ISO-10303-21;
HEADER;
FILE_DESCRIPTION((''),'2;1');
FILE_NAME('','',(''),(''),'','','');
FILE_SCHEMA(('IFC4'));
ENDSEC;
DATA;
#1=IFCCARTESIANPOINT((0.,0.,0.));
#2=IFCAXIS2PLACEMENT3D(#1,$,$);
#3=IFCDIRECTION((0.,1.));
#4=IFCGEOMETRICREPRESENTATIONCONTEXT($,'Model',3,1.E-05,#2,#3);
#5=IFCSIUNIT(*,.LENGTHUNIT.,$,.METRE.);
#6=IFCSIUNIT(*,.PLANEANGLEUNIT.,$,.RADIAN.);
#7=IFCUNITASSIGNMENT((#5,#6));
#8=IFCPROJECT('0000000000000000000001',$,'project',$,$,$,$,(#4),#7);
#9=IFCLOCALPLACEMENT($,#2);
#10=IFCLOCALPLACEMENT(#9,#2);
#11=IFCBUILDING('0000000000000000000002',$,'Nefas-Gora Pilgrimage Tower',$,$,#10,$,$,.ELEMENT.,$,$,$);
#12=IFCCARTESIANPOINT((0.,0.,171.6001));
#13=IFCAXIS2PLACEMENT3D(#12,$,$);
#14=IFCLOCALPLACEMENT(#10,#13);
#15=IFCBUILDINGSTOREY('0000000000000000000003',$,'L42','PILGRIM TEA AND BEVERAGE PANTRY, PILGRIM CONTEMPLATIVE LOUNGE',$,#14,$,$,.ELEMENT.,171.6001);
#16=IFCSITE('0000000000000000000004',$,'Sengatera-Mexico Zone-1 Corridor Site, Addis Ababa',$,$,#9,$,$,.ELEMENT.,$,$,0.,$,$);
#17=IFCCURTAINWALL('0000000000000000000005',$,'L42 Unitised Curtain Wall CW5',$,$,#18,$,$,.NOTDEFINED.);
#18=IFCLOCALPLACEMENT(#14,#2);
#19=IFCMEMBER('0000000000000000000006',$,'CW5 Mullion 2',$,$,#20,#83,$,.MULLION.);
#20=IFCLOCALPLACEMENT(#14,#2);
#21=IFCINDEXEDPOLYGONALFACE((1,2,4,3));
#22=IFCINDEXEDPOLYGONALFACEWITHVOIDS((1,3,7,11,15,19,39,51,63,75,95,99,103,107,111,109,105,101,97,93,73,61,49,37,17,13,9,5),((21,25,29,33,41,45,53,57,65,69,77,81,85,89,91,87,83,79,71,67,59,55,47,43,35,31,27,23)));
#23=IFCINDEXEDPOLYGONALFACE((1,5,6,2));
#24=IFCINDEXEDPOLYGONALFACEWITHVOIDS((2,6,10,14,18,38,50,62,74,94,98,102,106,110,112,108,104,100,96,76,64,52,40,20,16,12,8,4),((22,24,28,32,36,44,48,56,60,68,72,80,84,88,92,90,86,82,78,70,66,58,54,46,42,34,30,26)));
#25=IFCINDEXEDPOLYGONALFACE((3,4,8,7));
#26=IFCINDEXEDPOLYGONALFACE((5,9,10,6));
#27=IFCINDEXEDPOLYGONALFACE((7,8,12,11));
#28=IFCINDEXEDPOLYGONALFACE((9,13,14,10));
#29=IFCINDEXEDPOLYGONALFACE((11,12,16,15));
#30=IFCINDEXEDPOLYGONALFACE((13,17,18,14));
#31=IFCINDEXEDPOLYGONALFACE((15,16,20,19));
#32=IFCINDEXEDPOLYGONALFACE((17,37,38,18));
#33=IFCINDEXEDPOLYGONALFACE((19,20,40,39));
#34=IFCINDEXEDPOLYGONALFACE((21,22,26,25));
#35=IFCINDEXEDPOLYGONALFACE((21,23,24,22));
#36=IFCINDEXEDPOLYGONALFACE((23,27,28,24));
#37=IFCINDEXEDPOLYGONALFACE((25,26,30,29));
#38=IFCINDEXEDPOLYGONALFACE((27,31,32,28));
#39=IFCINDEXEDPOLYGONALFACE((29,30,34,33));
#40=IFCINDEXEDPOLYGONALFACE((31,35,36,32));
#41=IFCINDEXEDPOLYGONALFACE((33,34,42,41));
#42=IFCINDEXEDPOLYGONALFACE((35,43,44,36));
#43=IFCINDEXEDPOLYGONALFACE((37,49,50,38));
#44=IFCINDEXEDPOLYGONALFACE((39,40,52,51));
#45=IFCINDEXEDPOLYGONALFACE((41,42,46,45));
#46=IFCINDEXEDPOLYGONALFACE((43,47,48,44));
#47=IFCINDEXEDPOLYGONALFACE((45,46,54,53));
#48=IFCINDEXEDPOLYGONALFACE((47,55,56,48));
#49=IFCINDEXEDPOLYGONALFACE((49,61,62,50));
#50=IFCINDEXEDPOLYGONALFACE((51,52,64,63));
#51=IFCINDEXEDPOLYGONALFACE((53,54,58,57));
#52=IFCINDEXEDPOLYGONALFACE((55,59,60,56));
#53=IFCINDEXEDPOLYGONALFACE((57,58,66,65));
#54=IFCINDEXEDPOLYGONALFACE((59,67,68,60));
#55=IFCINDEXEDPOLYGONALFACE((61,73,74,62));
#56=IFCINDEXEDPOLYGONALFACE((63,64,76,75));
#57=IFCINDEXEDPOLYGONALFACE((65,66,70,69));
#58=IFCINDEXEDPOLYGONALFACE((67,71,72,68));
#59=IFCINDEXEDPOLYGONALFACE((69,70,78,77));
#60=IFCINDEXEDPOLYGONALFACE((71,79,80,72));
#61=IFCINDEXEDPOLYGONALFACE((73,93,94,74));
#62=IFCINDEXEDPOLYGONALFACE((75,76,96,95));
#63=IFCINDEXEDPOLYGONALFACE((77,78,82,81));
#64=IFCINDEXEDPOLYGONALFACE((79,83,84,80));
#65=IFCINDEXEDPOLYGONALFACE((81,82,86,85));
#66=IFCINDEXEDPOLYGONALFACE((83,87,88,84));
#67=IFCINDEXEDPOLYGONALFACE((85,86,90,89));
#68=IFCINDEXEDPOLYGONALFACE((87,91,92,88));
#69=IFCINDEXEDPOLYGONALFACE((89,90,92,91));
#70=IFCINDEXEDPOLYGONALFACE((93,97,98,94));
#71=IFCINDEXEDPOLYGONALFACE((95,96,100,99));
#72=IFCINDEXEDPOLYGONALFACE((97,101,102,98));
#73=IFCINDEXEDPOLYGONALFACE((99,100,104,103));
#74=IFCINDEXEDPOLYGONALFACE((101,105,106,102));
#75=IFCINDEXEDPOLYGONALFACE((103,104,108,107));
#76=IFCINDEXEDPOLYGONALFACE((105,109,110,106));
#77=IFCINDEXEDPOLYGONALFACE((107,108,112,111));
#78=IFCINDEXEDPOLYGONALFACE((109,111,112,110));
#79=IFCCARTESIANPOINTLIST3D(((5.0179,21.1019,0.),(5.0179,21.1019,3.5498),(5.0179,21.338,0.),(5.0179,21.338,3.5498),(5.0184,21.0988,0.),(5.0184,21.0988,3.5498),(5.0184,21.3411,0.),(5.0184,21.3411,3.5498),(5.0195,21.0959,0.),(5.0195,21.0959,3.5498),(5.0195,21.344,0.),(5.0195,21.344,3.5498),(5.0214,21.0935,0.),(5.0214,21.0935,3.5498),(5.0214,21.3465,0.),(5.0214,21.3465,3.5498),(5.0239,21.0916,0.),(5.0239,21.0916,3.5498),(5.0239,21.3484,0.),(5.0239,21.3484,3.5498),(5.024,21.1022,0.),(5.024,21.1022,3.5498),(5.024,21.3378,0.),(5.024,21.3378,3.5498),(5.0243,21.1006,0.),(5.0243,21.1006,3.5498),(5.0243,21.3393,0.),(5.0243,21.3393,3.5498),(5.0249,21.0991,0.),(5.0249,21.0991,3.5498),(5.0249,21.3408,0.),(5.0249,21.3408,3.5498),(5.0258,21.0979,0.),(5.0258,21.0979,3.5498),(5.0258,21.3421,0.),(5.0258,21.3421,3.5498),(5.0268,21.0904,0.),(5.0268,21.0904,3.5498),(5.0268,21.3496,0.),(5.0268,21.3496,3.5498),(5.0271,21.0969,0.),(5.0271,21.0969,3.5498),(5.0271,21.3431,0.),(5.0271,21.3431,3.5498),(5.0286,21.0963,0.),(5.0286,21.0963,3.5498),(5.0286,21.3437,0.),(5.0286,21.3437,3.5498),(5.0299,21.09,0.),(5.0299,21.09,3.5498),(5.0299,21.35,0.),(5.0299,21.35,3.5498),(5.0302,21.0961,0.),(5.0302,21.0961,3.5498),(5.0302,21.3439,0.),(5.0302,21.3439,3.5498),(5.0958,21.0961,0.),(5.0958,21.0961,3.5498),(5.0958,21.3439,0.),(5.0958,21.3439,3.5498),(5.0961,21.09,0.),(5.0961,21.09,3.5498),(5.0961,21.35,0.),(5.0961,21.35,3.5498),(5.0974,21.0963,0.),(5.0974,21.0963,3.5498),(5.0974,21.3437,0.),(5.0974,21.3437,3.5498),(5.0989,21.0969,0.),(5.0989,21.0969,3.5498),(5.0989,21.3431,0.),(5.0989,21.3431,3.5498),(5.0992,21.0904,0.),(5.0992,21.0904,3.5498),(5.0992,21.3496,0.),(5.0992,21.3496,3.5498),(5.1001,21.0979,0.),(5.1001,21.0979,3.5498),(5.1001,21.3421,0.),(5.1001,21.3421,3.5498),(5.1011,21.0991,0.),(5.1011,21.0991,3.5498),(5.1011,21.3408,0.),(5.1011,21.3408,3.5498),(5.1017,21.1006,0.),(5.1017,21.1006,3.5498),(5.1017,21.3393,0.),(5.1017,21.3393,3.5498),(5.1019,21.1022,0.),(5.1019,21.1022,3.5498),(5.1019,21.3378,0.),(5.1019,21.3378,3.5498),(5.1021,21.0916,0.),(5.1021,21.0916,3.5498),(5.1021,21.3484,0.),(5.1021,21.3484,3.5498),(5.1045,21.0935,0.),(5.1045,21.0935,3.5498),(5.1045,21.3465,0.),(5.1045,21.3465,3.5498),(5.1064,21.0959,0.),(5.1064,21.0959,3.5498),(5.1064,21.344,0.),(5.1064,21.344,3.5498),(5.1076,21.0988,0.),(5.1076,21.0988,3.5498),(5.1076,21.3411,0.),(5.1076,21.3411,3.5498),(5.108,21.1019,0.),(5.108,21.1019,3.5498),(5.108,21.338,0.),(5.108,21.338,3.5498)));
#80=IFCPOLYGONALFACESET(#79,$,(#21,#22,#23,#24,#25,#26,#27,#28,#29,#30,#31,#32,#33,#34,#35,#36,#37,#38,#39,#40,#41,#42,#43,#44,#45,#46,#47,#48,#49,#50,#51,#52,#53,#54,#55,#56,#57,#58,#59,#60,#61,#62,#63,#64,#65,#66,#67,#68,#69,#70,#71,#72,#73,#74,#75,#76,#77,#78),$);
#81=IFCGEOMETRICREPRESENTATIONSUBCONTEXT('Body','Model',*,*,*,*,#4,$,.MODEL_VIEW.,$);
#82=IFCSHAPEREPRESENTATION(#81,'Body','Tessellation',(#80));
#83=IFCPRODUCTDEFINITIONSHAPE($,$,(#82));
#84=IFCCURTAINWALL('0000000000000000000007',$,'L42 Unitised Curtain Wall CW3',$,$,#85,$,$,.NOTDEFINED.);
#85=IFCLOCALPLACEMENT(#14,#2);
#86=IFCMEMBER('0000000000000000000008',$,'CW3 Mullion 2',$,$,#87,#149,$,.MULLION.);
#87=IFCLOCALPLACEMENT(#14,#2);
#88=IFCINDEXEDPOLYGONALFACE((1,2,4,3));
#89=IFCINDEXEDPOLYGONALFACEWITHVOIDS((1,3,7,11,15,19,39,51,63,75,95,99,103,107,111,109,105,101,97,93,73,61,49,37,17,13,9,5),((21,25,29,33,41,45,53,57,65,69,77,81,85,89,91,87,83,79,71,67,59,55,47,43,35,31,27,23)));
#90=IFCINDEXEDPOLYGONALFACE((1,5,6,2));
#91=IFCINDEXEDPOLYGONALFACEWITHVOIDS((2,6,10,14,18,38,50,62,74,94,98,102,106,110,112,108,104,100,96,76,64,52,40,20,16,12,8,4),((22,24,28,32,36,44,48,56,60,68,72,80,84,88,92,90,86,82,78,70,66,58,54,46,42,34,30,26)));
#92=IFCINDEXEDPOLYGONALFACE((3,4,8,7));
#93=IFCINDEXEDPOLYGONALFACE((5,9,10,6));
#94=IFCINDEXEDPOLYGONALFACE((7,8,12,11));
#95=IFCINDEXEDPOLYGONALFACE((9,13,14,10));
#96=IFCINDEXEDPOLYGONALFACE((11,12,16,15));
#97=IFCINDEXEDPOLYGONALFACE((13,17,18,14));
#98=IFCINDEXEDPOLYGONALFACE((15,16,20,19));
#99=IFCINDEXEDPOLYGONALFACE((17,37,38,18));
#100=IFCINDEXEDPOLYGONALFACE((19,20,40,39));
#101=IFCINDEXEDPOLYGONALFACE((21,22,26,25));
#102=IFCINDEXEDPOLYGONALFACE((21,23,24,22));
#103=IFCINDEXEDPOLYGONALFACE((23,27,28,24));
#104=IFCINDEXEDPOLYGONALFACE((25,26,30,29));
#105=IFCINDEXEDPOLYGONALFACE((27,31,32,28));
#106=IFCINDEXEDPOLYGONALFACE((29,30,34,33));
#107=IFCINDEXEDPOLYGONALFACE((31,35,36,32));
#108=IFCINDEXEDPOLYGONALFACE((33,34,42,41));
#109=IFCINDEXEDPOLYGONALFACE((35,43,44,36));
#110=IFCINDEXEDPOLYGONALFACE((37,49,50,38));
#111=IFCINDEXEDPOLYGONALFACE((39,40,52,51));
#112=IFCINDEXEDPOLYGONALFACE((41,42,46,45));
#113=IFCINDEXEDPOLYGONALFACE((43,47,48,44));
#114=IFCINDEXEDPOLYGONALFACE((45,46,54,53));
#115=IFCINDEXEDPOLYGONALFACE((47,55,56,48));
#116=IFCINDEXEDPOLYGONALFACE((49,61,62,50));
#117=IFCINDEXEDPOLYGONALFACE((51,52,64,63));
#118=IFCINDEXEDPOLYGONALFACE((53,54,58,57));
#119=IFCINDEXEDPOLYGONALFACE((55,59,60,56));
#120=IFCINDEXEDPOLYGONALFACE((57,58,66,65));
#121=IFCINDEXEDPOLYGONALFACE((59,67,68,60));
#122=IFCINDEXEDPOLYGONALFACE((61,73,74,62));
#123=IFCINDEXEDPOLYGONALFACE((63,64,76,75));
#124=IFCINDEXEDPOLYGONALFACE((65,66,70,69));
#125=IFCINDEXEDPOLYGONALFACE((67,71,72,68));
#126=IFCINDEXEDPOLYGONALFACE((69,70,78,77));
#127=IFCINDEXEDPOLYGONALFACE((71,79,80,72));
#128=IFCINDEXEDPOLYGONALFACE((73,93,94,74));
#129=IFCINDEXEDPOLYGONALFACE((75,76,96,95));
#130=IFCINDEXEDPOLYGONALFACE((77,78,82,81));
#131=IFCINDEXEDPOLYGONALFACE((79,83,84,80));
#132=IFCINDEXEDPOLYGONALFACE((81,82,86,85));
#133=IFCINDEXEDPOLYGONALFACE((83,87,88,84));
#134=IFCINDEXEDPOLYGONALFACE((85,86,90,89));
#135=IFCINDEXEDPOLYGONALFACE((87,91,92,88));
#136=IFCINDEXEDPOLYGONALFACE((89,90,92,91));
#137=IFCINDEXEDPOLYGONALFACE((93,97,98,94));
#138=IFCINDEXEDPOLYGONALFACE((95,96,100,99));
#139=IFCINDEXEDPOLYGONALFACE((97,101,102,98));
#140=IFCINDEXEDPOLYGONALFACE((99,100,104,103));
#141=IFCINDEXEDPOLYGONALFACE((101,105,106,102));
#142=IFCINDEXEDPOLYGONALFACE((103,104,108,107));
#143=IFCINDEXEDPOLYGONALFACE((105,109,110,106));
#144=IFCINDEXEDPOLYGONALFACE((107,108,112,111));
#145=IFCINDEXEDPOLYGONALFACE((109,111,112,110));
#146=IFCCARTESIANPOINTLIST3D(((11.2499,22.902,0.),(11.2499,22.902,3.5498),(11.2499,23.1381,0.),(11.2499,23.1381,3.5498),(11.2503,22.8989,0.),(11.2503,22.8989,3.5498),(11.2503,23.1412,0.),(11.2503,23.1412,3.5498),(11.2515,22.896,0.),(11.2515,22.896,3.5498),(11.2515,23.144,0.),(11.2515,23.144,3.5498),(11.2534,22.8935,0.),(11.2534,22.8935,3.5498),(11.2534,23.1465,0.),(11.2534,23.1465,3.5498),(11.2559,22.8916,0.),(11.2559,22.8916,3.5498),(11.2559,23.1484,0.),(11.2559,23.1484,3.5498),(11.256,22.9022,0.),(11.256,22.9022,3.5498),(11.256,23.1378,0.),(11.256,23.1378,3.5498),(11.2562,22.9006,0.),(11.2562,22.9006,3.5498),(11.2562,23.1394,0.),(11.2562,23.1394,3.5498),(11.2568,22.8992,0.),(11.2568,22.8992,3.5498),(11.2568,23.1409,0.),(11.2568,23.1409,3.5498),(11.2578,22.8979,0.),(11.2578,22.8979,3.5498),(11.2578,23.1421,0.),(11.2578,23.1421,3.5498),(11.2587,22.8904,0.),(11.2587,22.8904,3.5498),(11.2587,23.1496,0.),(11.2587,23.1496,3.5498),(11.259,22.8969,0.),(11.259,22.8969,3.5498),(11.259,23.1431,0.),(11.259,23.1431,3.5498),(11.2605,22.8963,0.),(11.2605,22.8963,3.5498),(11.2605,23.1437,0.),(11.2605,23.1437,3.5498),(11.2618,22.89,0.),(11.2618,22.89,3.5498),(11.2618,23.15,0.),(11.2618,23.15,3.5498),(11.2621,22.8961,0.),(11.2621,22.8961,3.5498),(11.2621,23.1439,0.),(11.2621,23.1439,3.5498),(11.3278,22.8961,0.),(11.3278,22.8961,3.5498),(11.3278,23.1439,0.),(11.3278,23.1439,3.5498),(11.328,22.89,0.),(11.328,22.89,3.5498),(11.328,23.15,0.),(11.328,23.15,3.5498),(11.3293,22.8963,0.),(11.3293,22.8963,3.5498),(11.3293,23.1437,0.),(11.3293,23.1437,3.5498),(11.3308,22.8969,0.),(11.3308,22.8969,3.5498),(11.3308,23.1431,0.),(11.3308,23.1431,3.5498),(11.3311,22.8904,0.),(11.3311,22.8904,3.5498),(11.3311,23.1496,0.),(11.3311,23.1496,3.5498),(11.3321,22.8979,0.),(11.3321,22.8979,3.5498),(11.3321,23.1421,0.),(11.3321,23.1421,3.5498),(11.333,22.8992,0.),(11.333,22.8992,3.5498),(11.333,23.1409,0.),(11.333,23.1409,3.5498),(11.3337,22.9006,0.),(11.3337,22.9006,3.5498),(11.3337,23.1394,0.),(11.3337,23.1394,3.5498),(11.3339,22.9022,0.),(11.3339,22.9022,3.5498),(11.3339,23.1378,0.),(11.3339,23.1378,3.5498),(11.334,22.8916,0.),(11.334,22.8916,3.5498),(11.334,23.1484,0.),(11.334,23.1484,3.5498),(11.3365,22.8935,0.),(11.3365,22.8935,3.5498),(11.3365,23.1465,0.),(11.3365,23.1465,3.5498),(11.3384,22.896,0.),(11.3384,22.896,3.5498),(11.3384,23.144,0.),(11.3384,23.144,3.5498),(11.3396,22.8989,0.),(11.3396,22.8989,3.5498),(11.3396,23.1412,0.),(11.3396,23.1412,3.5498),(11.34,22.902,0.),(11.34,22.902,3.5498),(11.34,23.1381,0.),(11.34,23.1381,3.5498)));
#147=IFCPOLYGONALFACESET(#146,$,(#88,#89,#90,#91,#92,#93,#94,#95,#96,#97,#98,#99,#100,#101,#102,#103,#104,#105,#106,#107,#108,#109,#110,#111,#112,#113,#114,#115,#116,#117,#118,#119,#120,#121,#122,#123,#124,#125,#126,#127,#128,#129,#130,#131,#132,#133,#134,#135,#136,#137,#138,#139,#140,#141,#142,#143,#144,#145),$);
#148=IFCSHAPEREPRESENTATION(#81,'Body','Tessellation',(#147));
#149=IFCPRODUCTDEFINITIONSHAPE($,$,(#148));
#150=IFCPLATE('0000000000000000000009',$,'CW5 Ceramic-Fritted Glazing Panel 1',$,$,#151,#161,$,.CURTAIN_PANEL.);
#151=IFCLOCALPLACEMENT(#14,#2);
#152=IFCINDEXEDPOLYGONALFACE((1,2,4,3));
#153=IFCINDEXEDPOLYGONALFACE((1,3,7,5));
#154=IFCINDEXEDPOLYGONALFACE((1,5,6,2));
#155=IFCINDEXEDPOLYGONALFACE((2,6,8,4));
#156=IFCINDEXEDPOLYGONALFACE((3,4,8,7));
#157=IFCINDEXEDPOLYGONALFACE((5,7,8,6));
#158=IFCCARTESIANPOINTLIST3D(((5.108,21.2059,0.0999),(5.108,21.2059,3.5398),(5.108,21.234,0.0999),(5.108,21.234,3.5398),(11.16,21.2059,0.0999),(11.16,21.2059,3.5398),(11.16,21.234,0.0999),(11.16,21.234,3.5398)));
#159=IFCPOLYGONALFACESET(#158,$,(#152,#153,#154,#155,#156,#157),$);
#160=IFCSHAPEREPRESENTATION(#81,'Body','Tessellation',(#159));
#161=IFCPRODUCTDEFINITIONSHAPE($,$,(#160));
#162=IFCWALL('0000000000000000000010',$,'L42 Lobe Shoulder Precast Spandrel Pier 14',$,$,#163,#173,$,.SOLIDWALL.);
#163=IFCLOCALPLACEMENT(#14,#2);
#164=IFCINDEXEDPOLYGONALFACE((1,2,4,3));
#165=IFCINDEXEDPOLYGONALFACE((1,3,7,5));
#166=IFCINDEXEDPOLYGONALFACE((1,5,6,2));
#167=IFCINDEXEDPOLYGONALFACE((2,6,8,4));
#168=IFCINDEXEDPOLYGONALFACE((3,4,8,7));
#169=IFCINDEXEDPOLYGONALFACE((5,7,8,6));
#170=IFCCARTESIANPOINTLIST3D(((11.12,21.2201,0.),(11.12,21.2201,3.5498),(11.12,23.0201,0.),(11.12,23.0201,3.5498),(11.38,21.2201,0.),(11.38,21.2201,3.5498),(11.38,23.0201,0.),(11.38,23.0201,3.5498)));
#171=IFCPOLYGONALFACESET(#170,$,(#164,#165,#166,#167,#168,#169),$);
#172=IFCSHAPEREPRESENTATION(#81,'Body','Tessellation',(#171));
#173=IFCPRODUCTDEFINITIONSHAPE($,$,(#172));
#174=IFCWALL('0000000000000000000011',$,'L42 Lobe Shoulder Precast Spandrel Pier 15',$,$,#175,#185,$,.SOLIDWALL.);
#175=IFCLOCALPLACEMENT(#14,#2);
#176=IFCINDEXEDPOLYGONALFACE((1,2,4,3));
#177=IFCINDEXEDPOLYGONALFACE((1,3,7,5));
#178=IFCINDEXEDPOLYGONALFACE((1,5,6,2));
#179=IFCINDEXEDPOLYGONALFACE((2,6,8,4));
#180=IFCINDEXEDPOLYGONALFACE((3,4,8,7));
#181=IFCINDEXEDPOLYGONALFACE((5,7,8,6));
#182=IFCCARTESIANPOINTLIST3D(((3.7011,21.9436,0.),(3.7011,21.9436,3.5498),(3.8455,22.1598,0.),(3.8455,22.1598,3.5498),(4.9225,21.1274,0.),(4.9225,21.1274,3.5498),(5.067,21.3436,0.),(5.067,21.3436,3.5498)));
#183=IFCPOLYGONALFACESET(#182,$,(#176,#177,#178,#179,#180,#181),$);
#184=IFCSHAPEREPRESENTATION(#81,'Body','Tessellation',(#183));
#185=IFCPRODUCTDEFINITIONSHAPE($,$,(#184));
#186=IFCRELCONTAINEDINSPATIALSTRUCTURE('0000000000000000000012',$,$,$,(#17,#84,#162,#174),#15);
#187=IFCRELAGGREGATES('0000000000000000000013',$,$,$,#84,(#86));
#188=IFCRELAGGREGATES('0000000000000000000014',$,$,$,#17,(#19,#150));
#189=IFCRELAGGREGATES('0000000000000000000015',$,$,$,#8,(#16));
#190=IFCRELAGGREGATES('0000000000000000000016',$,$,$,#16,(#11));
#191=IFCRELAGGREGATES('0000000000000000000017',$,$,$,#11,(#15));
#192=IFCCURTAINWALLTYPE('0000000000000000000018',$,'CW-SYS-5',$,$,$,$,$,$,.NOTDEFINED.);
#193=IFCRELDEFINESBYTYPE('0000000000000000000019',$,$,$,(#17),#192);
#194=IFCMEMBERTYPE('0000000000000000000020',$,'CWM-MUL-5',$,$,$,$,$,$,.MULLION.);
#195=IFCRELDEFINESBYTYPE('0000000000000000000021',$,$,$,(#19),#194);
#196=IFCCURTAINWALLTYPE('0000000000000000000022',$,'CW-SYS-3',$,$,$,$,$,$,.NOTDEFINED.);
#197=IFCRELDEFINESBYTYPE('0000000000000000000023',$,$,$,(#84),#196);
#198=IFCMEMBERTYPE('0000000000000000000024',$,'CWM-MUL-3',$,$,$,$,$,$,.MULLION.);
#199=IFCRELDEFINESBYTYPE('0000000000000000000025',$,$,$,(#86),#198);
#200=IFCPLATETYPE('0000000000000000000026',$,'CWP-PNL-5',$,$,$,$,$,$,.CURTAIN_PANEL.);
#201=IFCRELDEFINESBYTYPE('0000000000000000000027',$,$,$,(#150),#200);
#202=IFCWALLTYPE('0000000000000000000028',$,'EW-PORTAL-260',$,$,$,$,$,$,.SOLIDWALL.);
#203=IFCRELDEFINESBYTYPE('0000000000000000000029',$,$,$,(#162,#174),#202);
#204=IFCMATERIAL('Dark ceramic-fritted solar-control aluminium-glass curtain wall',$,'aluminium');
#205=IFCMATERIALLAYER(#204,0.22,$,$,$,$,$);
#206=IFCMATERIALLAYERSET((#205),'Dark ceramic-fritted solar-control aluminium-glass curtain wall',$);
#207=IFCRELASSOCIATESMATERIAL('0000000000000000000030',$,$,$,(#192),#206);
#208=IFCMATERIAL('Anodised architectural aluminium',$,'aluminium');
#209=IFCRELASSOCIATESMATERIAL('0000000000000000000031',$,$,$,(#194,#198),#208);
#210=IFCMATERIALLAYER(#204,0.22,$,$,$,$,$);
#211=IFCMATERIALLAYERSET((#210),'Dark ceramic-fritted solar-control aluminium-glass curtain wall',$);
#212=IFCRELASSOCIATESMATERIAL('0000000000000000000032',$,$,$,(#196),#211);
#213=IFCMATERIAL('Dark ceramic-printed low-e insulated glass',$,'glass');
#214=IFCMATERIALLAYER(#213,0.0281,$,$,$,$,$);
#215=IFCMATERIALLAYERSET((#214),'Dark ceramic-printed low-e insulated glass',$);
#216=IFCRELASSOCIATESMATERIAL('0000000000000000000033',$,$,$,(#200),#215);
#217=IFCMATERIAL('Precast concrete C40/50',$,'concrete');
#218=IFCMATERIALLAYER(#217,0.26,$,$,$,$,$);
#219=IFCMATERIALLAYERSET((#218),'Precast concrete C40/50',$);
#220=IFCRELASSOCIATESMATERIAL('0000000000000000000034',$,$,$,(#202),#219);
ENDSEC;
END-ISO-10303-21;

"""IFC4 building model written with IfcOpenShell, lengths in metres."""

from ifc_helpers import new_model, si_unit, direction, frame, frame_2d, origin, origin_2d, place, context, subcontext, project, spatial, rectangle, hollow_rectangle, extrude, source, transform, mapped, material, layer, layer_set, material_profile, profile_set, type_object, element, aggregate, save


model = new_model("IFC4")

# Units and contexts
model_context = context("Model", 3, precision=1e-05, world=origin(), true_north=direction((0.0, 1.0)))
body_context = subcontext(model_context, "Body", "Model", "MODEL_VIEW")
ifc_project = project(units=[si_unit("LENGTHUNIT", "METRE"), si_unit("PLANEANGLEUNIT", "RADIAN")], contexts=[model_context])

# Site, building, storey
site_placement = place(None, origin())
site = spatial("IfcSite", under=ifc_project, at=site_placement, Name="Sengatera-Mexico Zone-1 Corridor Site, Addis Ababa", CompositionType="ELEMENT", RefElevation=0.0)
building_placement = place(site_placement, origin())
building = spatial("IfcBuilding", under=site, at=building_placement, Name="Nefas-Gora Pilgrimage Tower", CompositionType="ELEMENT")
storey_placement = place(building_placement, frame((0.0, 0.0, 171.6001)))
storey = spatial("IfcBuildingStorey", under=building, at=storey_placement, Name="L42", Description="PILGRIM TEA AND BEVERAGE PANTRY, PILGRIM CONTEMPLATIVE LOUNGE", CompositionType="ELEMENT", Elevation=171.6001)

# Curtain wall, member
ifc_material_1 = material(Name="Dark ceramic-fritted solar-control aluminium-glass curtain wall", Category="aluminium")
ifc_layer_1 = layer(ifc_material_1, 0.22)
ifc_layer_set_1 = layer_set([ifc_layer_1], Name="Dark ceramic-fritted solar-control aluminium-glass curtain wall")
curtain_wall_type_1 = type_object("IfcCurtainWallType", Name="CW-SYS-5", PredefinedType="NOTDEFINED", material=ifc_layer_set_1)
curtain_wall_1_placement = place(storey_placement, origin())
curtain_wall_1 = element("IfcCurtainWall", 1, at=curtain_wall_1_placement, inside=storey, type_object=curtain_wall_type_1, Name="L42 Unitised Curtain Wall CW5", PredefinedType="NOTDEFINED")
ifc_material_2 = material(Name="Anodised architectural aluminium", Category="aluminium")
ifc_material_profile_1 = material_profile(ifc_material_2, hollow_rectangle(XDim=0.0901, YDim=0.26, WallThickness=0.0061, InnerFilletRadius=0.0061, OuterFilletRadius=0.012, at=origin_2d()), Name="ALU MULLION 90x260")
ifc_profile_set_1 = profile_set([ifc_material_profile_1], Name="Anodised architectural aluminium")
member_type_1 = type_object("IfcMemberType", Name="CWM-MUL-5", PredefinedType="MULLION", material=ifc_profile_set_1)
shared_shape_1 = source(origin(), body_context, "Body", "SweptSolid", [
    extrude(hollow_rectangle(XDim=0.0901, YDim=0.26, WallThickness=0.0061, InnerFilletRadius=0.0061, OuterFilletRadius=0.012, at=origin_2d()), origin(), (0.0, 0.0, 1.0), 3.5498),
])
member_1_placement = place(storey_placement, frame((5.063, 21.22, 0.0), z_axis=(0.0, 0.0, 1.0), x_axis=(-1.0, 0.0, 0.0)))
member_1 = element("IfcMember", 2, at=member_1_placement, type_object=member_type_1, Name="CW5 Mullion 2", PredefinedType="MULLION", context=body_context, shape_type="MappedRepresentation", body=[
    mapped(shared_shape_1, transform((0.0, 0.0, 0.0), x_axis=(1.0, 0.0, 0.0), y_axis=(0.0, 1.0, 0.0), z_axis=(0.0, 0.0, 1.0), scale=1.0)),
])

# Curtain wall, member
ifc_layer_2 = layer(ifc_material_1, 0.22)
ifc_layer_set_2 = layer_set([ifc_layer_2], Name="Dark ceramic-fritted solar-control aluminium-glass curtain wall")
curtain_wall_type_2 = type_object("IfcCurtainWallType", Name="CW-SYS-3", PredefinedType="NOTDEFINED", material=ifc_layer_set_2)
curtain_wall_2_placement = place(storey_placement, origin())
curtain_wall_2 = element("IfcCurtainWall", 3, at=curtain_wall_2_placement, inside=storey, type_object=curtain_wall_type_2, Name="L42 Unitised Curtain Wall CW3", PredefinedType="NOTDEFINED")
ifc_material_profile_2 = material_profile(ifc_material_2, hollow_rectangle(XDim=0.0901, YDim=0.26, WallThickness=0.0061, InnerFilletRadius=0.0061, OuterFilletRadius=0.012, at=origin_2d()), Name="ALU MULLION 90x260")
ifc_profile_set_2 = profile_set([ifc_material_profile_2], Name="Anodised architectural aluminium")
member_type_2 = type_object("IfcMemberType", Name="CWM-MUL-3", PredefinedType="MULLION", material=ifc_profile_set_2)
shared_shape_2 = source(origin(), body_context, "Body", "SweptSolid", [
    extrude(hollow_rectangle(XDim=0.0901, YDim=0.26, WallThickness=0.0061, InnerFilletRadius=0.0061, OuterFilletRadius=0.012, at=origin_2d()), origin(), (0.0, 0.0, 1.0), 3.5498),
])
member_2_placement = place(storey_placement, frame((11.2949, 23.02, 0.0), z_axis=(0.0, 0.0, 1.0), x_axis=(-1.0, 0.0, 0.0)))
member_2 = element("IfcMember", 4, at=member_2_placement, type_object=member_type_2, Name="CW3 Mullion 2", PredefinedType="MULLION", context=body_context, shape_type="MappedRepresentation", body=[
    mapped(shared_shape_2, transform((0.0, 0.0, 0.0), x_axis=(1.0, 0.0, 0.0), y_axis=(0.0, 1.0, 0.0), z_axis=(0.0, 0.0, 1.0), scale=1.0)),
])
aggregate(curtain_wall_2, [member_2])

# Plate
ifc_material_3 = material(Name="Dark ceramic-printed low-e insulated glass", Category="glass")
ifc_layer_3 = layer(ifc_material_3, 0.0281)
ifc_layer_set_3 = layer_set([ifc_layer_3], Name="Dark ceramic-printed low-e insulated glass")
plate_type = type_object("IfcPlateType", Name="CWP-PNL-5", PredefinedType="CURTAIN_PANEL", material=ifc_layer_set_3)
shared_shape_3 = source(origin(), body_context, "Body", "SweptSolid", [
    extrude(rectangle(XDim=6.052, YDim=0.0281, at=origin_2d()), origin(), (0.0, 0.0, 1.0), 3.4399),
])
plate_placement = place(storey_placement, frame((8.134, 21.22, 0.0999), z_axis=(0.0, 0.0, 1.0), x_axis=(-1.0, 0.0, 0.0)))
plate = element("IfcPlate", 5, at=plate_placement, type_object=plate_type, Name="CW5 Ceramic-Fritted Glazing Panel 1", PredefinedType="CURTAIN_PANEL", context=body_context, shape_type="MappedRepresentation", body=[
    mapped(shared_shape_3, transform((0.0, 0.0, 0.0), x_axis=(1.0, 0.0, 0.0), y_axis=(0.0, 1.0, 0.0), z_axis=(0.0, 0.0, 1.0), scale=1.0)),
])
aggregate(curtain_wall_1, [member_1, plate])

# Walls
ifc_material_4 = material(Name="Precast concrete C40/50", Category="concrete")
ifc_layer_4 = layer(ifc_material_4, 0.26)
ifc_layer_set_4 = layer_set([ifc_layer_4], Name="Precast concrete C40/50")
wall_type = type_object("IfcWallType", Name="EW-PORTAL-260", PredefinedType="SOLIDWALL", material=ifc_layer_set_4)
shared_shape_4 = source(origin(), body_context, "Body", "SweptSolid", [
    extrude(rectangle(XDim=1.8, YDim=0.26, at=frame_2d((0.8999, 0.0))), origin(), (0.0, 0.0, 1.0), 3.5498),
])
wall_1_placement = place(storey_placement, frame((11.25, 23.02, 0.0), z_axis=(0.0, 0.0, 1.0), x_axis=(0.0, -1.0, 0.0)))
element("IfcWall", 6, at=wall_1_placement, inside=storey, type_object=wall_type, Name="L42 Lobe Shoulder Precast Spandrel Pier 14", PredefinedType="SOLIDWALL", context=body_context, shape_type="MappedRepresentation", body=[
    mapped(shared_shape_4, transform((0.0, 0.0, 0.0), x_axis=(1.0, 0.0, 0.0), y_axis=(0.0, 1.0, 0.0), z_axis=(0.0, 0.0, 1.0), scale=1.0)),
])
shared_shape_5 = source(origin(), body_context, "Body", "SweptSolid", [
    extrude(rectangle(XDim=1.469, YDim=0.26, at=frame_2d((0.7344, 0.0))), origin(), (0.0, 0.0, 1.0), 3.5498),
])
wall_2_placement = place(storey_placement, frame((4.9946, 21.2356, 0.0), z_axis=(0.0, 0.0, 1.0), x_axis=(-0.831462, 0.555582, 0.0)))
element("IfcWall", 7, at=wall_2_placement, inside=storey, type_object=wall_type, Name="L42 Lobe Shoulder Precast Spandrel Pier 15", PredefinedType="SOLIDWALL", context=body_context, shape_type="MappedRepresentation", body=[
    mapped(shared_shape_5, transform((0.0, 0.0, 0.0), x_axis=(1.0, 0.0, 0.0), y_axis=(0.0, 1.0, 0.0), z_axis=(0.0, 0.0, 1.0), scale=1.0)),
])

save(model, "model.ifc")
